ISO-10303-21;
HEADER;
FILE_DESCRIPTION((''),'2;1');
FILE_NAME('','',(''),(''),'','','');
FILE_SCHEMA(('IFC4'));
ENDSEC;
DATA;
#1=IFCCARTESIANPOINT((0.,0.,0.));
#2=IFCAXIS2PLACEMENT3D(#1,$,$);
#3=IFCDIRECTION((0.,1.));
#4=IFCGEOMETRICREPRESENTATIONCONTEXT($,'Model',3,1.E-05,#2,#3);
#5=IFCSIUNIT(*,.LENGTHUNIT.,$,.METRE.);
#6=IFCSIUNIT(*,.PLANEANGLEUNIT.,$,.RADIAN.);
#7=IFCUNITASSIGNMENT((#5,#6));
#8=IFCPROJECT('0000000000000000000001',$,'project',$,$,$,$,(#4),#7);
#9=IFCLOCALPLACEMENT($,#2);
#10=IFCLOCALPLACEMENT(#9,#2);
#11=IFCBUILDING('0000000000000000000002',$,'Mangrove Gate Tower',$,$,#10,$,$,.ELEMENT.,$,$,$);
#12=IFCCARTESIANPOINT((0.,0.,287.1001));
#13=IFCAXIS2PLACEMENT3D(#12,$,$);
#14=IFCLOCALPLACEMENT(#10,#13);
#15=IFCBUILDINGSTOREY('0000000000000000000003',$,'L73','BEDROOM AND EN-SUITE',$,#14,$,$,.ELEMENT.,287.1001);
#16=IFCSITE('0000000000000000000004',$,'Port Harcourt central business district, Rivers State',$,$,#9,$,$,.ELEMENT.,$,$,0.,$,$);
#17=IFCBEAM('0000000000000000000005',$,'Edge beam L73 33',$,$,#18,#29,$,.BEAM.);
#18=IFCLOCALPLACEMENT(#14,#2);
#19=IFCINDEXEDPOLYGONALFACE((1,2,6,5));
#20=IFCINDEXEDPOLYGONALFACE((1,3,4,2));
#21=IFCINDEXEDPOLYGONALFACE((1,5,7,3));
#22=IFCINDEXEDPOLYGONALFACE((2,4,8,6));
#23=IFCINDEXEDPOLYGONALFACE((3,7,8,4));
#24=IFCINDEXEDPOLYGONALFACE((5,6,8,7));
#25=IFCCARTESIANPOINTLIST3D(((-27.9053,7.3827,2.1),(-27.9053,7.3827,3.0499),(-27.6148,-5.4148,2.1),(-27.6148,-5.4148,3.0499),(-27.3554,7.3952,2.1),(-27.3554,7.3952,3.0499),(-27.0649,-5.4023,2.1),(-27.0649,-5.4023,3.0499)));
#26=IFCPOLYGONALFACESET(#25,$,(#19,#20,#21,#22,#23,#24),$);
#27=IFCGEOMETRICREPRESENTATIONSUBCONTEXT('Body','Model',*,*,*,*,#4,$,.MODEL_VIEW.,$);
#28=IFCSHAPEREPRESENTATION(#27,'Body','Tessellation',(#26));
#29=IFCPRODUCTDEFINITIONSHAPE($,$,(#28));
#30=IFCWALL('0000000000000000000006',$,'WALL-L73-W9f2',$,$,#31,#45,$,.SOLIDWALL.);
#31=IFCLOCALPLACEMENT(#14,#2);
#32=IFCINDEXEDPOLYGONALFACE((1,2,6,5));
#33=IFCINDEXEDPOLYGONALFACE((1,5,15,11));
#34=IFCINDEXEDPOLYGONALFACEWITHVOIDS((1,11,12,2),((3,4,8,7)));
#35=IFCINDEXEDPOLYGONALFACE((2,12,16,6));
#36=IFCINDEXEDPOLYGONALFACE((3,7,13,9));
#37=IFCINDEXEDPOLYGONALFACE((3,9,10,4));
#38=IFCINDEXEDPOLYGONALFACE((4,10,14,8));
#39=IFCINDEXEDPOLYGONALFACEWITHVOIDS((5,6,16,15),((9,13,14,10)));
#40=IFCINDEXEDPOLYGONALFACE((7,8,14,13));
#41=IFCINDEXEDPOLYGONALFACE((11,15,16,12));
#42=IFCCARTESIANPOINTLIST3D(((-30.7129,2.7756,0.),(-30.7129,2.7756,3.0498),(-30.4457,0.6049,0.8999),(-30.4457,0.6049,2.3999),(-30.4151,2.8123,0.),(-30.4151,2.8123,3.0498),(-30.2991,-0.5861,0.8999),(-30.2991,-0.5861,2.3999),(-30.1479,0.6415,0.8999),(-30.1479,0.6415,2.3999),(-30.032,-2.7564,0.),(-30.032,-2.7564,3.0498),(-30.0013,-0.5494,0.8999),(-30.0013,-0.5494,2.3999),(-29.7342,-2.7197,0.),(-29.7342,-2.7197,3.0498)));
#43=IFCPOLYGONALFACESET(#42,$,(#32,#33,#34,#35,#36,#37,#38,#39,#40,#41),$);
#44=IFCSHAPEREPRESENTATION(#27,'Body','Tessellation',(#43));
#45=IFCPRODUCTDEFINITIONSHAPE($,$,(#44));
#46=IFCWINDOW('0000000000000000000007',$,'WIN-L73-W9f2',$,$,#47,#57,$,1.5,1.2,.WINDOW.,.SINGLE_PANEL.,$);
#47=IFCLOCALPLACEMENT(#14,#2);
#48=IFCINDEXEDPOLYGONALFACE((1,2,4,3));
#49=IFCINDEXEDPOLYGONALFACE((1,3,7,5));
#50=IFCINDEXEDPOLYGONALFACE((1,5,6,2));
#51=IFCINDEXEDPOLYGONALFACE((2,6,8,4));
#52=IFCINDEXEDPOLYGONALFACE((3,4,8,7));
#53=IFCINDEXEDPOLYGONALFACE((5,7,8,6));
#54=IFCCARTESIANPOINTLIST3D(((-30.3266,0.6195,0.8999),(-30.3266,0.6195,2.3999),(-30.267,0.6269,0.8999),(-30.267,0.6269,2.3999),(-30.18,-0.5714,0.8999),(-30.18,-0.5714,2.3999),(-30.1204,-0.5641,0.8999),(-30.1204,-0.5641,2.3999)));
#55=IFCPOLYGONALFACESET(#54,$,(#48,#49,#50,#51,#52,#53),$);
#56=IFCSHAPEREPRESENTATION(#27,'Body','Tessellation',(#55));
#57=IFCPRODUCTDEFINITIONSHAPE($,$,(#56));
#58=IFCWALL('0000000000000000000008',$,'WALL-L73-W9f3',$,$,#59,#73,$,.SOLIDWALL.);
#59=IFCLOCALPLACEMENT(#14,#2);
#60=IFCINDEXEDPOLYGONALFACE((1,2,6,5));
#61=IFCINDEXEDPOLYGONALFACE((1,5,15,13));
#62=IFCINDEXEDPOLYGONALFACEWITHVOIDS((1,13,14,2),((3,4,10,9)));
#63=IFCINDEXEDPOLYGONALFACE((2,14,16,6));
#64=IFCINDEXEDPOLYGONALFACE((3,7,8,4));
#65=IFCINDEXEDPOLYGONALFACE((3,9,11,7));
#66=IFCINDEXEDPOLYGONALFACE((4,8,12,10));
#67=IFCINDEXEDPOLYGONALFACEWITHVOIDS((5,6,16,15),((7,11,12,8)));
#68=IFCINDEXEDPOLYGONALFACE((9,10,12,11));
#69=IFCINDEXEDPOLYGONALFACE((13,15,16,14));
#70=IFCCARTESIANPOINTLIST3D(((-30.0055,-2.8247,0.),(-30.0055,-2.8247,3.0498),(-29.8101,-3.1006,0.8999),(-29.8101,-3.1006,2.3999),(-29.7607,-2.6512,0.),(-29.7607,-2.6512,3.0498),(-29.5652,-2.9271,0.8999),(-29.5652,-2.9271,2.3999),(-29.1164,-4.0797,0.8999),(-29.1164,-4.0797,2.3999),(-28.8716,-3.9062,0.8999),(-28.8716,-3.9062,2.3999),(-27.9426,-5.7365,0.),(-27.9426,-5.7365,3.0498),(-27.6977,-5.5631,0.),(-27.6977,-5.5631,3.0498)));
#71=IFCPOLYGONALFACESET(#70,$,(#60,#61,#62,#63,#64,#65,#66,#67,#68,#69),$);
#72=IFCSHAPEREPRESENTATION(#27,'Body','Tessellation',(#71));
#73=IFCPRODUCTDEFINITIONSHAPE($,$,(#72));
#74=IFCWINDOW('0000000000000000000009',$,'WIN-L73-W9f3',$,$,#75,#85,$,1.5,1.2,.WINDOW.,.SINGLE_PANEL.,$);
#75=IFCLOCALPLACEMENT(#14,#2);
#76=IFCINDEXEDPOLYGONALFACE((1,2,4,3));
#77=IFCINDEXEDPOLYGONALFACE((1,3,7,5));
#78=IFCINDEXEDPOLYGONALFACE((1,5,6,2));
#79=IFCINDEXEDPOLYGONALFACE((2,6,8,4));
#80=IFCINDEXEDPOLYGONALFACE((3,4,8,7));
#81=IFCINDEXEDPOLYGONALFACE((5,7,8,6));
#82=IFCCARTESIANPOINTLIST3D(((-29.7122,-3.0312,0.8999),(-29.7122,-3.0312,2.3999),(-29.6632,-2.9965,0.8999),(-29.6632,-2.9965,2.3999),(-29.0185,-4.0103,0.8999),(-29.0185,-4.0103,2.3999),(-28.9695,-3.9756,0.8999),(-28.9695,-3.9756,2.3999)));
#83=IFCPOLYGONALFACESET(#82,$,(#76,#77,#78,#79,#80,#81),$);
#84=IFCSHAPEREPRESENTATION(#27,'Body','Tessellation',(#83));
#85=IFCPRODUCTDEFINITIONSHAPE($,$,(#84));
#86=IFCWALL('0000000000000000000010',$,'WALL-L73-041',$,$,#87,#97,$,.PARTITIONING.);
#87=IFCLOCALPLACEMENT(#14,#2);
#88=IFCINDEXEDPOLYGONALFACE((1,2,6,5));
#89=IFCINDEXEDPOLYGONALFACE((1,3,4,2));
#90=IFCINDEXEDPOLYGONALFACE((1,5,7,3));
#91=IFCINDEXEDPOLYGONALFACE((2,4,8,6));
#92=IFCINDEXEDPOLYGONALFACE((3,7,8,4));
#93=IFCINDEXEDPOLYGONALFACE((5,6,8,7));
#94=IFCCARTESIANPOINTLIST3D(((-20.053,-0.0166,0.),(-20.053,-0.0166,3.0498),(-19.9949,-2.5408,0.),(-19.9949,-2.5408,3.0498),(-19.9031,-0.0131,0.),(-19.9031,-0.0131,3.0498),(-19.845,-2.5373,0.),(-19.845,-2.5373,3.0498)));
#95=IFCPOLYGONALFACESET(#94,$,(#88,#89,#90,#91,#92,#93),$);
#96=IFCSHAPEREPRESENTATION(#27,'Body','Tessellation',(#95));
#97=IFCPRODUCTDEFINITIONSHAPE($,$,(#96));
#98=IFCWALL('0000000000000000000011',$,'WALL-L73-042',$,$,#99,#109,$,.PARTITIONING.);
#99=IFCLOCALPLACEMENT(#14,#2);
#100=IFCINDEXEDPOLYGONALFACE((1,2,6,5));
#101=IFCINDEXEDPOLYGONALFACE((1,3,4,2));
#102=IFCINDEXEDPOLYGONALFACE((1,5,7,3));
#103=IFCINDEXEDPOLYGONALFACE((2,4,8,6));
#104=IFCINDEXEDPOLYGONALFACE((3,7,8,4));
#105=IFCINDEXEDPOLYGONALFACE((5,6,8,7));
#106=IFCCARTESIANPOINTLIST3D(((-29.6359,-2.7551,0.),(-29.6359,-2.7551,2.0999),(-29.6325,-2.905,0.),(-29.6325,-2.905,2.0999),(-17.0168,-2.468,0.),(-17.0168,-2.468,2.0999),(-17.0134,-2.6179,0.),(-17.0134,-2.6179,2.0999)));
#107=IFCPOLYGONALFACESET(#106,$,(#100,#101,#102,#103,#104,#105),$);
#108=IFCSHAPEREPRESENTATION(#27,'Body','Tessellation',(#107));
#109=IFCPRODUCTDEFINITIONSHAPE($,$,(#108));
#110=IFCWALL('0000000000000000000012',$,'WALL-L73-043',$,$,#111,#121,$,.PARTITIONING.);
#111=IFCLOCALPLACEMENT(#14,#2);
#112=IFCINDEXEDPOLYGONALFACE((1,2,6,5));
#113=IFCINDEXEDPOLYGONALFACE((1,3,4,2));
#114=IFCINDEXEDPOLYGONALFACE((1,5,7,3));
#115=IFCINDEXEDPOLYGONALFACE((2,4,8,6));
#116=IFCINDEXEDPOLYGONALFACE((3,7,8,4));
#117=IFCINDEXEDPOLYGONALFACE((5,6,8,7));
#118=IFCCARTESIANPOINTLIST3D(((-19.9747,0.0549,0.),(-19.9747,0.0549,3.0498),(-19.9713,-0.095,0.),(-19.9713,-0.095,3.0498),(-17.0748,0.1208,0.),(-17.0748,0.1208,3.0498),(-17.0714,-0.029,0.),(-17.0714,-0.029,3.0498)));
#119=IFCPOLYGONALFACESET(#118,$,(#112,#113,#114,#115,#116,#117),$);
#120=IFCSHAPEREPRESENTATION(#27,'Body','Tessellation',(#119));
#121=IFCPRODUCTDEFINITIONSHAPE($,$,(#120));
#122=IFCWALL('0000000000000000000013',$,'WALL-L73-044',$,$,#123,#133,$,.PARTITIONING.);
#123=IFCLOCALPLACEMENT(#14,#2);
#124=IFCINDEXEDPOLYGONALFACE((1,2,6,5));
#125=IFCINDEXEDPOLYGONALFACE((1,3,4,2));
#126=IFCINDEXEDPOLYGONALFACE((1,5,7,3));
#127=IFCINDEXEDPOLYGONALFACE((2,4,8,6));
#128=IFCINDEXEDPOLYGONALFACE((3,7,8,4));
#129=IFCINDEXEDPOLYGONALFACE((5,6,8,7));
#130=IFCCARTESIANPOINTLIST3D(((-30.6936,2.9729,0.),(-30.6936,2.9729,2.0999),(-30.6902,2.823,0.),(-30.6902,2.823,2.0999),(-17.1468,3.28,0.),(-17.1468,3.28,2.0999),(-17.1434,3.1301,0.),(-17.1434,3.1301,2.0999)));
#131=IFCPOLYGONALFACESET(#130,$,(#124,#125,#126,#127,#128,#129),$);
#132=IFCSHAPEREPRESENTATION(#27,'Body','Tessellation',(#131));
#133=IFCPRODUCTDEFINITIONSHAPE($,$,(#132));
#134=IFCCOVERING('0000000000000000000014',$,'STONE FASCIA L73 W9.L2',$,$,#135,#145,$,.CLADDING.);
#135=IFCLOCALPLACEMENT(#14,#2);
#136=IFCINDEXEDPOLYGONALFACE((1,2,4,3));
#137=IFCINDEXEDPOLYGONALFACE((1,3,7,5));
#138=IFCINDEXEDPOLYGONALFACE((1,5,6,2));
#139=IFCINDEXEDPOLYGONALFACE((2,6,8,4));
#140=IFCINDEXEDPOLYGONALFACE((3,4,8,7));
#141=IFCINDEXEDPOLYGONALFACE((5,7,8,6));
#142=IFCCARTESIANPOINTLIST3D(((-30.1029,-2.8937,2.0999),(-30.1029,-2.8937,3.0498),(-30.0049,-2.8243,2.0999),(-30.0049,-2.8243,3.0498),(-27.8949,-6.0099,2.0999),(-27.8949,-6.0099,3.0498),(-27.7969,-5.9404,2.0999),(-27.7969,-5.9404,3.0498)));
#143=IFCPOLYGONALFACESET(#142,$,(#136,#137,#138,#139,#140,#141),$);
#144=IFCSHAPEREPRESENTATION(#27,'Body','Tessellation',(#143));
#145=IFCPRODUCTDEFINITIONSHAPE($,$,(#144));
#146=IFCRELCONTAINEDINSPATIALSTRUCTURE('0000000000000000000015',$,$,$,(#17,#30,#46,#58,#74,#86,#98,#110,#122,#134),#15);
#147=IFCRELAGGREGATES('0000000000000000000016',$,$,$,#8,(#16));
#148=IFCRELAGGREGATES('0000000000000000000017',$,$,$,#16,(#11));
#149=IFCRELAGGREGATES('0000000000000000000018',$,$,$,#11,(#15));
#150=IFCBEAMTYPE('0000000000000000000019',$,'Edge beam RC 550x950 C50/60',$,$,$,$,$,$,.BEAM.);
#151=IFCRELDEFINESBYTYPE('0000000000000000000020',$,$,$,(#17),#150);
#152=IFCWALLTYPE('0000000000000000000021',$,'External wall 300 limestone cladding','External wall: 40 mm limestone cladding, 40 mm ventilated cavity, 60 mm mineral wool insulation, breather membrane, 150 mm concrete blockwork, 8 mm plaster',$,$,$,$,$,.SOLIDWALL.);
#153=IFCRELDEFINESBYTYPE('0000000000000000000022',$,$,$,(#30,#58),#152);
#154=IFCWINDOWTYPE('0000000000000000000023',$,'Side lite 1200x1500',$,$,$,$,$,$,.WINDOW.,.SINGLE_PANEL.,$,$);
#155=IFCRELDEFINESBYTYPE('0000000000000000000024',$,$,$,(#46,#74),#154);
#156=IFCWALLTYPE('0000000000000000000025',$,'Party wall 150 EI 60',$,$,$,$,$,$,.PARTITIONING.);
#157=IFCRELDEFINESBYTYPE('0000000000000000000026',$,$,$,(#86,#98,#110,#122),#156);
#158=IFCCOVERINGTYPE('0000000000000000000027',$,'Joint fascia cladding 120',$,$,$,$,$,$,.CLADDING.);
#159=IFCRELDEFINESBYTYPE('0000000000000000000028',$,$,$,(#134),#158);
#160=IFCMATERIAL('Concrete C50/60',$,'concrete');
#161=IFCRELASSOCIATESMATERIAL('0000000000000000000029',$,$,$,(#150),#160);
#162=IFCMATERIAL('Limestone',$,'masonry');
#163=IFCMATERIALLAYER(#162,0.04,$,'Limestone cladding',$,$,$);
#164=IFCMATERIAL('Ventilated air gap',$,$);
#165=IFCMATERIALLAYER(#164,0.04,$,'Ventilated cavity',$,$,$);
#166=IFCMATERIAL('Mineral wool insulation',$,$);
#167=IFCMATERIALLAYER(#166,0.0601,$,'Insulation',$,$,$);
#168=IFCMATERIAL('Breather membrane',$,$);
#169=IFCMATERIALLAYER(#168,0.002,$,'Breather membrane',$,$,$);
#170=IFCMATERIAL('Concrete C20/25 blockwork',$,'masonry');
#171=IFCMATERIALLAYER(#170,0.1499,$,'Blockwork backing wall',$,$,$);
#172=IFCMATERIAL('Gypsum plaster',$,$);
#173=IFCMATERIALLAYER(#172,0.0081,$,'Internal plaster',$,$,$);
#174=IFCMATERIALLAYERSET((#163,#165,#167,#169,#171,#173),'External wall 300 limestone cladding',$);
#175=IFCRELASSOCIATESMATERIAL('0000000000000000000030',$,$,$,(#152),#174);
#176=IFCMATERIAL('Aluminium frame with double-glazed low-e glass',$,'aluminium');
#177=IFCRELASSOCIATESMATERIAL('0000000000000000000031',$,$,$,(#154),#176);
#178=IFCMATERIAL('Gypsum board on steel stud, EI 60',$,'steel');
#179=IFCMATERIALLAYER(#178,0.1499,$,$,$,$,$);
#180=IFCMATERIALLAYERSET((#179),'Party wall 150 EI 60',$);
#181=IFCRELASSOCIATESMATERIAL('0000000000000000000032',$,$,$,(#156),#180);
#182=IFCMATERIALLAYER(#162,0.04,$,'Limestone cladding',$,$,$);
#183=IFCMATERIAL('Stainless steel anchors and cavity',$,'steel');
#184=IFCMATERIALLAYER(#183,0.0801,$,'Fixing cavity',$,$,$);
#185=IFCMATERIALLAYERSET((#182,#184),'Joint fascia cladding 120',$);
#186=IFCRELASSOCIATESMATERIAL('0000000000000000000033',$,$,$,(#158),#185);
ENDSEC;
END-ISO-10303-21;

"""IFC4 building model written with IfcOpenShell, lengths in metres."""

from ifc_helpers import new_model, si_unit, direction, frame, frame_2d, origin, origin_2d, place, context, subcontext, project, spatial, rectangle, extrude, material, layer, layer_set, material_profile, profile_set, type_object, element, fill, save


model = new_model("IFC4")

# Units and contexts
model_context = context("Model", 3, precision=1e-05, world=origin(), true_north=direction((0.0, 1.0)))
body_context = subcontext(model_context, "Body", "Model", "MODEL_VIEW")
ifc_project = project(units=[si_unit("LENGTHUNIT", "METRE"), si_unit("PLANEANGLEUNIT", "RADIAN")], contexts=[model_context])

# Site, building, storey
site_placement = place(None, origin())
site = spatial("IfcSite", under=ifc_project, at=site_placement, Name="Port Harcourt central business district, Rivers State", CompositionType="ELEMENT", RefElevation=0.0)
building_placement = place(site_placement, origin())
building = spatial("IfcBuilding", under=site, at=building_placement, Name="Mangrove Gate Tower", CompositionType="ELEMENT")
storey_placement = place(building_placement, frame((0.0, 0.0, 287.1001)))
storey = spatial("IfcBuildingStorey", under=building, at=storey_placement, Name="L73", Description="BEDROOM AND EN-SUITE", CompositionType="ELEMENT", Elevation=287.1001)

# Beam
ifc_material_1 = material(Name="Concrete C50/60", Category="concrete")
ifc_material_profile = material_profile(ifc_material_1, rectangle(XDim=0.55, YDim=0.95, at=origin_2d()))
ifc_profile_set = profile_set([ifc_material_profile], Name="Concrete C50/60")
beam_type = type_object("IfcBeamType", Name="Edge beam RC 550x950 C50/60", PredefinedType="BEAM", material=ifc_profile_set)
beam_placement = place(storey_placement, frame((-27.6304, 7.3889, 2.575), z_axis=(0.022696, -0.999742, 0.0), x_axis=(0.999742, 0.022696, 0.0)))
element("IfcBeam", 1, at=beam_placement, inside=storey, type_object=beam_type, Name="Edge beam L73 33", PredefinedType="BEAM", context=body_context, shape_type="SweptSolid", body=[
    extrude(rectangle(XDim=0.55, YDim=0.95, at=origin_2d()), origin(), (0.0, 0.0, 1.0), 12.8008),
])

# Walls, openings, windows
ifc_material_2 = material(Name="Limestone", Category="masonry")
ifc_layer_1 = layer(ifc_material_2, 0.04, Name="Limestone cladding")
ifc_material_3 = material(Name="Ventilated air gap")
ifc_layer_2 = layer(ifc_material_3, 0.04, Name="Ventilated cavity")
ifc_material_4 = material(Name="Mineral wool insulation")
ifc_layer_3 = layer(ifc_material_4, 0.0601, Name="Insulation")
ifc_material_5 = material(Name="Breather membrane")
ifc_layer_4 = layer(ifc_material_5, 0.002, Name="Breather membrane")
ifc_material_6 = material(Name="Concrete C20/25 blockwork", Category="masonry")
ifc_layer_5 = layer(ifc_material_6, 0.1499, Name="Blockwork backing wall")
ifc_material_7 = material(Name="Gypsum plaster")
ifc_layer_6 = layer(ifc_material_7, 0.0081, Name="Internal plaster")
ifc_layer_set_1 = layer_set([ifc_layer_1, ifc_layer_2, ifc_layer_3, ifc_layer_4, ifc_layer_5, ifc_layer_6], Name="External wall 300 limestone cladding")
wall_type_1 = type_object("IfcWallType", Name="External wall 300 limestone cladding", Description="External wall: 40 mm limestone cladding, 40 mm ventilated cavity, 60 mm mineral wool insulation, breather membrane, 150 mm concrete blockwork, 8 mm plaster", PredefinedType="SOLIDWALL", material=ifc_layer_set_1)
wall_1_placement = place(storey_placement, frame((-30.564, 2.7939, 0.0), z_axis=(0.0, 0.0, 1.0), x_axis=(0.122164, -0.99251, 0.0)))
wall_1 = element("IfcWall", 2, at=wall_1_placement, inside=storey, type_object=wall_type_1, Name="WALL-L73-W9f2", PredefinedType="SOLIDWALL", context=body_context, shape_type="SweptSolid", body=[
    extrude(rectangle(XDim=5.5737, YDim=0.3, at=frame_2d((2.7869, 0.0))), origin(), (0.0, 0.0, 1.0), 3.0498),
])
opening_1_placement = place(wall_1_placement, frame((2.187, 0.0, 0.8999)))
opening_1 = element("IfcOpeningElement", 3, at=opening_1_placement, cuts=wall_1, PredefinedType="OPENING", context=body_context, shape_type="SweptSolid", body=[
    extrude(rectangle(XDim=1.2, YDim=1.5, at=frame_2d((0.6001, 0.75))), frame((0.0, 0.1599, 0.0), z_axis=(0.0, -1.0, 0.0), x_axis=(1.0, 0.0, 0.0)), (0.0, 0.0, 1.0), 0.3201),
])
ifc_material_8 = material(Name="Aluminium frame with double-glazed low-e glass", Category="aluminium")
window_type = type_object("IfcWindowType", Name="Side lite 1200x1500", PartitioningType="SINGLE_PANEL", PredefinedType="WINDOW", material=ifc_material_8)
window_1_placement = place(opening_1_placement, origin())
window_1 = element("IfcWindow", 4, at=window_1_placement, inside=storey, type_object=window_type, Name="WIN-L73-W9f2", OverallHeight=1.5, OverallWidth=1.2, PartitioningType="SINGLE_PANEL", PredefinedType="WINDOW", context=body_context, shape_type="SweptSolid", body=[
    extrude(rectangle(XDim=1.2, YDim=1.5, at=frame_2d((0.6001, 0.75))), frame((0.0, 0.03, 0.0), z_axis=(0.0, -1.0, 0.0), x_axis=(1.0, 0.0, 0.0)), (0.0, 0.0, 1.0), 0.0601),
])
fill(opening_1, window_1)
wall_2_placement = place(storey_placement, frame((-29.8831, -2.738, 0.0), z_axis=(0.0, 0.0, 1.0), x_axis=(0.578095, -0.815969, 0.0)))
wall_2 = element("IfcWall", 5, at=wall_2_placement, inside=storey, type_object=wall_type_1, Name="WALL-L73-W9f3", PredefinedType="SOLIDWALL", context=body_context, shape_type="SweptSolid", body=[
    extrude(rectangle(XDim=3.5686, YDim=0.3, at=frame_2d((1.7842, 0.0))), origin(), (0.0, 0.0, 1.0), 3.0498),
])
opening_2_placement = place(wall_2_placement, frame((0.3379, 0.0, 0.8999)))
opening_2 = element("IfcOpeningElement", 6, at=opening_2_placement, cuts=wall_2, PredefinedType="OPENING", context=body_context, shape_type="SweptSolid", body=[
    extrude(rectangle(XDim=1.2, YDim=1.5, at=frame_2d((0.6001, 0.75))), frame((0.0, 0.1599, 0.0), z_axis=(0.0, -1.0, 0.0), x_axis=(1.0, 0.0, 0.0)), (0.0, 0.0, 1.0), 0.3201),
])
window_2_placement = place(opening_2_placement, origin())
window_2 = element("IfcWindow", 7, at=window_2_placement, inside=storey, type_object=window_type, Name="WIN-L73-W9f3", OverallHeight=1.5, OverallWidth=1.2, PartitioningType="SINGLE_PANEL", PredefinedType="WINDOW", context=body_context, shape_type="SweptSolid", body=[
    extrude(rectangle(XDim=1.2, YDim=1.5, at=frame_2d((0.6001, 0.75))), frame((0.0, 0.03, 0.0), z_axis=(0.0, -1.0, 0.0), x_axis=(1.0, 0.0, 0.0)), (0.0, 0.0, 1.0), 0.0601),
])
fill(opening_2, window_2)

# Walls
ifc_material_9 = material(Name="Gypsum board on steel stud, EI 60", Category="steel")
ifc_layer_7 = layer(ifc_material_9, 0.1499)
ifc_layer_set_2 = layer_set([ifc_layer_7], Name="Party wall 150 EI 60")
wall_type_2 = type_object("IfcWallType", Name="Party wall 150 EI 60", PredefinedType="PARTITIONING", material=ifc_layer_set_2)
wall_3_placement = place(storey_placement, frame((-19.9199, -2.5391, 0.0), z_axis=(0.0, 0.0, 1.0), x_axis=(-0.023014, 0.999735, 0.0)))
element("IfcWall", 8, at=wall_3_placement, inside=storey, type_object=wall_type_2, Name="WALL-L73-041", PredefinedType="PARTITIONING", context=body_context, shape_type="SweptSolid", body=[
    extrude(rectangle(XDim=2.5249, YDim=0.1499, at=frame_2d((1.2625, 0.0))), origin(), (0.0, 0.0, 1.0), 3.0498),
])
wall_4_placement = place(storey_placement, frame((-29.634, -2.8301, 0.0), z_axis=(0.0, 0.0, 1.0), x_axis=(0.999741, 0.022746, 0.0)))
element("IfcWall", 9, at=wall_4_placement, inside=storey, type_object=wall_type_2, Name="WALL-L73-042", PredefinedType="PARTITIONING", context=body_context, shape_type="SweptSolid", body=[
    extrude(rectangle(XDim=12.6223, YDim=0.1499, at=frame_2d((6.311, 0.0))), origin(), (0.0, 0.0, 1.0), 2.0999),
])
wall_5_placement = place(storey_placement, frame((-19.9729, -0.02, 0.0), z_axis=(0.0, 0.0, 1.0), x_axis=(0.999742, 0.022725, 0.0)))
element("IfcWall", 10, at=wall_5_placement, inside=storey, type_object=wall_type_2, Name="WALL-L73-043", PredefinedType="PARTITIONING", context=body_context, shape_type="SweptSolid", body=[
    extrude(rectangle(XDim=2.9006, YDim=0.1499, at=frame_2d((1.4502, 0.0))), origin(), (0.0, 0.0, 1.0), 3.0498),
])
wall_6_placement = place(storey_placement, frame((-30.6919, 2.8979, 0.0), z_axis=(0.0, 0.0, 1.0), x_axis=(0.999743, 0.022666, 0.0)))
element("IfcWall", 11, at=wall_6_placement, inside=storey, type_object=wall_type_2, Name="WALL-L73-044", PredefinedType="PARTITIONING", context=body_context, shape_type="SweptSolid", body=[
    extrude(rectangle(XDim=13.5503, YDim=0.1499, at=frame_2d((6.7751, 0.0))), origin(), (0.0, 0.0, 1.0), 2.0999),
])

# Covering
ifc_layer_8 = layer(ifc_material_2, 0.04, Name="Limestone cladding")
ifc_material_10 = material(Name="Stainless steel anchors and cavity", Category="steel")
ifc_layer_9 = layer(ifc_material_10, 0.0801, Name="Fixing cavity")
ifc_layer_set_3 = layer_set([ifc_layer_8, ifc_layer_9], Name="Joint fascia cladding 120")
covering_type = type_object("IfcCoveringType", Name="Joint fascia cladding 120", PredefinedType="CLADDING", material=ifc_layer_set_3)
covering_placement = place(storey_placement, frame((-30.054, -2.8589, 2.0999), z_axis=(0.0, 0.0, 1.0), x_axis=(0.578138, -0.815939, 0.0)))
element("IfcCovering", 12, at=covering_placement, inside=storey, type_object=covering_type, Name="STONE FASCIA L73 W9.L2", PredefinedType="CLADDING", context=body_context, shape_type="SweptSolid", body=[
    extrude(rectangle(XDim=3.8191, YDim=0.1201, at=frame_2d((1.9097, 0.0))), origin(), (0.0, 0.0, 1.0), 0.95),
])

save(model, "model.ifc")
